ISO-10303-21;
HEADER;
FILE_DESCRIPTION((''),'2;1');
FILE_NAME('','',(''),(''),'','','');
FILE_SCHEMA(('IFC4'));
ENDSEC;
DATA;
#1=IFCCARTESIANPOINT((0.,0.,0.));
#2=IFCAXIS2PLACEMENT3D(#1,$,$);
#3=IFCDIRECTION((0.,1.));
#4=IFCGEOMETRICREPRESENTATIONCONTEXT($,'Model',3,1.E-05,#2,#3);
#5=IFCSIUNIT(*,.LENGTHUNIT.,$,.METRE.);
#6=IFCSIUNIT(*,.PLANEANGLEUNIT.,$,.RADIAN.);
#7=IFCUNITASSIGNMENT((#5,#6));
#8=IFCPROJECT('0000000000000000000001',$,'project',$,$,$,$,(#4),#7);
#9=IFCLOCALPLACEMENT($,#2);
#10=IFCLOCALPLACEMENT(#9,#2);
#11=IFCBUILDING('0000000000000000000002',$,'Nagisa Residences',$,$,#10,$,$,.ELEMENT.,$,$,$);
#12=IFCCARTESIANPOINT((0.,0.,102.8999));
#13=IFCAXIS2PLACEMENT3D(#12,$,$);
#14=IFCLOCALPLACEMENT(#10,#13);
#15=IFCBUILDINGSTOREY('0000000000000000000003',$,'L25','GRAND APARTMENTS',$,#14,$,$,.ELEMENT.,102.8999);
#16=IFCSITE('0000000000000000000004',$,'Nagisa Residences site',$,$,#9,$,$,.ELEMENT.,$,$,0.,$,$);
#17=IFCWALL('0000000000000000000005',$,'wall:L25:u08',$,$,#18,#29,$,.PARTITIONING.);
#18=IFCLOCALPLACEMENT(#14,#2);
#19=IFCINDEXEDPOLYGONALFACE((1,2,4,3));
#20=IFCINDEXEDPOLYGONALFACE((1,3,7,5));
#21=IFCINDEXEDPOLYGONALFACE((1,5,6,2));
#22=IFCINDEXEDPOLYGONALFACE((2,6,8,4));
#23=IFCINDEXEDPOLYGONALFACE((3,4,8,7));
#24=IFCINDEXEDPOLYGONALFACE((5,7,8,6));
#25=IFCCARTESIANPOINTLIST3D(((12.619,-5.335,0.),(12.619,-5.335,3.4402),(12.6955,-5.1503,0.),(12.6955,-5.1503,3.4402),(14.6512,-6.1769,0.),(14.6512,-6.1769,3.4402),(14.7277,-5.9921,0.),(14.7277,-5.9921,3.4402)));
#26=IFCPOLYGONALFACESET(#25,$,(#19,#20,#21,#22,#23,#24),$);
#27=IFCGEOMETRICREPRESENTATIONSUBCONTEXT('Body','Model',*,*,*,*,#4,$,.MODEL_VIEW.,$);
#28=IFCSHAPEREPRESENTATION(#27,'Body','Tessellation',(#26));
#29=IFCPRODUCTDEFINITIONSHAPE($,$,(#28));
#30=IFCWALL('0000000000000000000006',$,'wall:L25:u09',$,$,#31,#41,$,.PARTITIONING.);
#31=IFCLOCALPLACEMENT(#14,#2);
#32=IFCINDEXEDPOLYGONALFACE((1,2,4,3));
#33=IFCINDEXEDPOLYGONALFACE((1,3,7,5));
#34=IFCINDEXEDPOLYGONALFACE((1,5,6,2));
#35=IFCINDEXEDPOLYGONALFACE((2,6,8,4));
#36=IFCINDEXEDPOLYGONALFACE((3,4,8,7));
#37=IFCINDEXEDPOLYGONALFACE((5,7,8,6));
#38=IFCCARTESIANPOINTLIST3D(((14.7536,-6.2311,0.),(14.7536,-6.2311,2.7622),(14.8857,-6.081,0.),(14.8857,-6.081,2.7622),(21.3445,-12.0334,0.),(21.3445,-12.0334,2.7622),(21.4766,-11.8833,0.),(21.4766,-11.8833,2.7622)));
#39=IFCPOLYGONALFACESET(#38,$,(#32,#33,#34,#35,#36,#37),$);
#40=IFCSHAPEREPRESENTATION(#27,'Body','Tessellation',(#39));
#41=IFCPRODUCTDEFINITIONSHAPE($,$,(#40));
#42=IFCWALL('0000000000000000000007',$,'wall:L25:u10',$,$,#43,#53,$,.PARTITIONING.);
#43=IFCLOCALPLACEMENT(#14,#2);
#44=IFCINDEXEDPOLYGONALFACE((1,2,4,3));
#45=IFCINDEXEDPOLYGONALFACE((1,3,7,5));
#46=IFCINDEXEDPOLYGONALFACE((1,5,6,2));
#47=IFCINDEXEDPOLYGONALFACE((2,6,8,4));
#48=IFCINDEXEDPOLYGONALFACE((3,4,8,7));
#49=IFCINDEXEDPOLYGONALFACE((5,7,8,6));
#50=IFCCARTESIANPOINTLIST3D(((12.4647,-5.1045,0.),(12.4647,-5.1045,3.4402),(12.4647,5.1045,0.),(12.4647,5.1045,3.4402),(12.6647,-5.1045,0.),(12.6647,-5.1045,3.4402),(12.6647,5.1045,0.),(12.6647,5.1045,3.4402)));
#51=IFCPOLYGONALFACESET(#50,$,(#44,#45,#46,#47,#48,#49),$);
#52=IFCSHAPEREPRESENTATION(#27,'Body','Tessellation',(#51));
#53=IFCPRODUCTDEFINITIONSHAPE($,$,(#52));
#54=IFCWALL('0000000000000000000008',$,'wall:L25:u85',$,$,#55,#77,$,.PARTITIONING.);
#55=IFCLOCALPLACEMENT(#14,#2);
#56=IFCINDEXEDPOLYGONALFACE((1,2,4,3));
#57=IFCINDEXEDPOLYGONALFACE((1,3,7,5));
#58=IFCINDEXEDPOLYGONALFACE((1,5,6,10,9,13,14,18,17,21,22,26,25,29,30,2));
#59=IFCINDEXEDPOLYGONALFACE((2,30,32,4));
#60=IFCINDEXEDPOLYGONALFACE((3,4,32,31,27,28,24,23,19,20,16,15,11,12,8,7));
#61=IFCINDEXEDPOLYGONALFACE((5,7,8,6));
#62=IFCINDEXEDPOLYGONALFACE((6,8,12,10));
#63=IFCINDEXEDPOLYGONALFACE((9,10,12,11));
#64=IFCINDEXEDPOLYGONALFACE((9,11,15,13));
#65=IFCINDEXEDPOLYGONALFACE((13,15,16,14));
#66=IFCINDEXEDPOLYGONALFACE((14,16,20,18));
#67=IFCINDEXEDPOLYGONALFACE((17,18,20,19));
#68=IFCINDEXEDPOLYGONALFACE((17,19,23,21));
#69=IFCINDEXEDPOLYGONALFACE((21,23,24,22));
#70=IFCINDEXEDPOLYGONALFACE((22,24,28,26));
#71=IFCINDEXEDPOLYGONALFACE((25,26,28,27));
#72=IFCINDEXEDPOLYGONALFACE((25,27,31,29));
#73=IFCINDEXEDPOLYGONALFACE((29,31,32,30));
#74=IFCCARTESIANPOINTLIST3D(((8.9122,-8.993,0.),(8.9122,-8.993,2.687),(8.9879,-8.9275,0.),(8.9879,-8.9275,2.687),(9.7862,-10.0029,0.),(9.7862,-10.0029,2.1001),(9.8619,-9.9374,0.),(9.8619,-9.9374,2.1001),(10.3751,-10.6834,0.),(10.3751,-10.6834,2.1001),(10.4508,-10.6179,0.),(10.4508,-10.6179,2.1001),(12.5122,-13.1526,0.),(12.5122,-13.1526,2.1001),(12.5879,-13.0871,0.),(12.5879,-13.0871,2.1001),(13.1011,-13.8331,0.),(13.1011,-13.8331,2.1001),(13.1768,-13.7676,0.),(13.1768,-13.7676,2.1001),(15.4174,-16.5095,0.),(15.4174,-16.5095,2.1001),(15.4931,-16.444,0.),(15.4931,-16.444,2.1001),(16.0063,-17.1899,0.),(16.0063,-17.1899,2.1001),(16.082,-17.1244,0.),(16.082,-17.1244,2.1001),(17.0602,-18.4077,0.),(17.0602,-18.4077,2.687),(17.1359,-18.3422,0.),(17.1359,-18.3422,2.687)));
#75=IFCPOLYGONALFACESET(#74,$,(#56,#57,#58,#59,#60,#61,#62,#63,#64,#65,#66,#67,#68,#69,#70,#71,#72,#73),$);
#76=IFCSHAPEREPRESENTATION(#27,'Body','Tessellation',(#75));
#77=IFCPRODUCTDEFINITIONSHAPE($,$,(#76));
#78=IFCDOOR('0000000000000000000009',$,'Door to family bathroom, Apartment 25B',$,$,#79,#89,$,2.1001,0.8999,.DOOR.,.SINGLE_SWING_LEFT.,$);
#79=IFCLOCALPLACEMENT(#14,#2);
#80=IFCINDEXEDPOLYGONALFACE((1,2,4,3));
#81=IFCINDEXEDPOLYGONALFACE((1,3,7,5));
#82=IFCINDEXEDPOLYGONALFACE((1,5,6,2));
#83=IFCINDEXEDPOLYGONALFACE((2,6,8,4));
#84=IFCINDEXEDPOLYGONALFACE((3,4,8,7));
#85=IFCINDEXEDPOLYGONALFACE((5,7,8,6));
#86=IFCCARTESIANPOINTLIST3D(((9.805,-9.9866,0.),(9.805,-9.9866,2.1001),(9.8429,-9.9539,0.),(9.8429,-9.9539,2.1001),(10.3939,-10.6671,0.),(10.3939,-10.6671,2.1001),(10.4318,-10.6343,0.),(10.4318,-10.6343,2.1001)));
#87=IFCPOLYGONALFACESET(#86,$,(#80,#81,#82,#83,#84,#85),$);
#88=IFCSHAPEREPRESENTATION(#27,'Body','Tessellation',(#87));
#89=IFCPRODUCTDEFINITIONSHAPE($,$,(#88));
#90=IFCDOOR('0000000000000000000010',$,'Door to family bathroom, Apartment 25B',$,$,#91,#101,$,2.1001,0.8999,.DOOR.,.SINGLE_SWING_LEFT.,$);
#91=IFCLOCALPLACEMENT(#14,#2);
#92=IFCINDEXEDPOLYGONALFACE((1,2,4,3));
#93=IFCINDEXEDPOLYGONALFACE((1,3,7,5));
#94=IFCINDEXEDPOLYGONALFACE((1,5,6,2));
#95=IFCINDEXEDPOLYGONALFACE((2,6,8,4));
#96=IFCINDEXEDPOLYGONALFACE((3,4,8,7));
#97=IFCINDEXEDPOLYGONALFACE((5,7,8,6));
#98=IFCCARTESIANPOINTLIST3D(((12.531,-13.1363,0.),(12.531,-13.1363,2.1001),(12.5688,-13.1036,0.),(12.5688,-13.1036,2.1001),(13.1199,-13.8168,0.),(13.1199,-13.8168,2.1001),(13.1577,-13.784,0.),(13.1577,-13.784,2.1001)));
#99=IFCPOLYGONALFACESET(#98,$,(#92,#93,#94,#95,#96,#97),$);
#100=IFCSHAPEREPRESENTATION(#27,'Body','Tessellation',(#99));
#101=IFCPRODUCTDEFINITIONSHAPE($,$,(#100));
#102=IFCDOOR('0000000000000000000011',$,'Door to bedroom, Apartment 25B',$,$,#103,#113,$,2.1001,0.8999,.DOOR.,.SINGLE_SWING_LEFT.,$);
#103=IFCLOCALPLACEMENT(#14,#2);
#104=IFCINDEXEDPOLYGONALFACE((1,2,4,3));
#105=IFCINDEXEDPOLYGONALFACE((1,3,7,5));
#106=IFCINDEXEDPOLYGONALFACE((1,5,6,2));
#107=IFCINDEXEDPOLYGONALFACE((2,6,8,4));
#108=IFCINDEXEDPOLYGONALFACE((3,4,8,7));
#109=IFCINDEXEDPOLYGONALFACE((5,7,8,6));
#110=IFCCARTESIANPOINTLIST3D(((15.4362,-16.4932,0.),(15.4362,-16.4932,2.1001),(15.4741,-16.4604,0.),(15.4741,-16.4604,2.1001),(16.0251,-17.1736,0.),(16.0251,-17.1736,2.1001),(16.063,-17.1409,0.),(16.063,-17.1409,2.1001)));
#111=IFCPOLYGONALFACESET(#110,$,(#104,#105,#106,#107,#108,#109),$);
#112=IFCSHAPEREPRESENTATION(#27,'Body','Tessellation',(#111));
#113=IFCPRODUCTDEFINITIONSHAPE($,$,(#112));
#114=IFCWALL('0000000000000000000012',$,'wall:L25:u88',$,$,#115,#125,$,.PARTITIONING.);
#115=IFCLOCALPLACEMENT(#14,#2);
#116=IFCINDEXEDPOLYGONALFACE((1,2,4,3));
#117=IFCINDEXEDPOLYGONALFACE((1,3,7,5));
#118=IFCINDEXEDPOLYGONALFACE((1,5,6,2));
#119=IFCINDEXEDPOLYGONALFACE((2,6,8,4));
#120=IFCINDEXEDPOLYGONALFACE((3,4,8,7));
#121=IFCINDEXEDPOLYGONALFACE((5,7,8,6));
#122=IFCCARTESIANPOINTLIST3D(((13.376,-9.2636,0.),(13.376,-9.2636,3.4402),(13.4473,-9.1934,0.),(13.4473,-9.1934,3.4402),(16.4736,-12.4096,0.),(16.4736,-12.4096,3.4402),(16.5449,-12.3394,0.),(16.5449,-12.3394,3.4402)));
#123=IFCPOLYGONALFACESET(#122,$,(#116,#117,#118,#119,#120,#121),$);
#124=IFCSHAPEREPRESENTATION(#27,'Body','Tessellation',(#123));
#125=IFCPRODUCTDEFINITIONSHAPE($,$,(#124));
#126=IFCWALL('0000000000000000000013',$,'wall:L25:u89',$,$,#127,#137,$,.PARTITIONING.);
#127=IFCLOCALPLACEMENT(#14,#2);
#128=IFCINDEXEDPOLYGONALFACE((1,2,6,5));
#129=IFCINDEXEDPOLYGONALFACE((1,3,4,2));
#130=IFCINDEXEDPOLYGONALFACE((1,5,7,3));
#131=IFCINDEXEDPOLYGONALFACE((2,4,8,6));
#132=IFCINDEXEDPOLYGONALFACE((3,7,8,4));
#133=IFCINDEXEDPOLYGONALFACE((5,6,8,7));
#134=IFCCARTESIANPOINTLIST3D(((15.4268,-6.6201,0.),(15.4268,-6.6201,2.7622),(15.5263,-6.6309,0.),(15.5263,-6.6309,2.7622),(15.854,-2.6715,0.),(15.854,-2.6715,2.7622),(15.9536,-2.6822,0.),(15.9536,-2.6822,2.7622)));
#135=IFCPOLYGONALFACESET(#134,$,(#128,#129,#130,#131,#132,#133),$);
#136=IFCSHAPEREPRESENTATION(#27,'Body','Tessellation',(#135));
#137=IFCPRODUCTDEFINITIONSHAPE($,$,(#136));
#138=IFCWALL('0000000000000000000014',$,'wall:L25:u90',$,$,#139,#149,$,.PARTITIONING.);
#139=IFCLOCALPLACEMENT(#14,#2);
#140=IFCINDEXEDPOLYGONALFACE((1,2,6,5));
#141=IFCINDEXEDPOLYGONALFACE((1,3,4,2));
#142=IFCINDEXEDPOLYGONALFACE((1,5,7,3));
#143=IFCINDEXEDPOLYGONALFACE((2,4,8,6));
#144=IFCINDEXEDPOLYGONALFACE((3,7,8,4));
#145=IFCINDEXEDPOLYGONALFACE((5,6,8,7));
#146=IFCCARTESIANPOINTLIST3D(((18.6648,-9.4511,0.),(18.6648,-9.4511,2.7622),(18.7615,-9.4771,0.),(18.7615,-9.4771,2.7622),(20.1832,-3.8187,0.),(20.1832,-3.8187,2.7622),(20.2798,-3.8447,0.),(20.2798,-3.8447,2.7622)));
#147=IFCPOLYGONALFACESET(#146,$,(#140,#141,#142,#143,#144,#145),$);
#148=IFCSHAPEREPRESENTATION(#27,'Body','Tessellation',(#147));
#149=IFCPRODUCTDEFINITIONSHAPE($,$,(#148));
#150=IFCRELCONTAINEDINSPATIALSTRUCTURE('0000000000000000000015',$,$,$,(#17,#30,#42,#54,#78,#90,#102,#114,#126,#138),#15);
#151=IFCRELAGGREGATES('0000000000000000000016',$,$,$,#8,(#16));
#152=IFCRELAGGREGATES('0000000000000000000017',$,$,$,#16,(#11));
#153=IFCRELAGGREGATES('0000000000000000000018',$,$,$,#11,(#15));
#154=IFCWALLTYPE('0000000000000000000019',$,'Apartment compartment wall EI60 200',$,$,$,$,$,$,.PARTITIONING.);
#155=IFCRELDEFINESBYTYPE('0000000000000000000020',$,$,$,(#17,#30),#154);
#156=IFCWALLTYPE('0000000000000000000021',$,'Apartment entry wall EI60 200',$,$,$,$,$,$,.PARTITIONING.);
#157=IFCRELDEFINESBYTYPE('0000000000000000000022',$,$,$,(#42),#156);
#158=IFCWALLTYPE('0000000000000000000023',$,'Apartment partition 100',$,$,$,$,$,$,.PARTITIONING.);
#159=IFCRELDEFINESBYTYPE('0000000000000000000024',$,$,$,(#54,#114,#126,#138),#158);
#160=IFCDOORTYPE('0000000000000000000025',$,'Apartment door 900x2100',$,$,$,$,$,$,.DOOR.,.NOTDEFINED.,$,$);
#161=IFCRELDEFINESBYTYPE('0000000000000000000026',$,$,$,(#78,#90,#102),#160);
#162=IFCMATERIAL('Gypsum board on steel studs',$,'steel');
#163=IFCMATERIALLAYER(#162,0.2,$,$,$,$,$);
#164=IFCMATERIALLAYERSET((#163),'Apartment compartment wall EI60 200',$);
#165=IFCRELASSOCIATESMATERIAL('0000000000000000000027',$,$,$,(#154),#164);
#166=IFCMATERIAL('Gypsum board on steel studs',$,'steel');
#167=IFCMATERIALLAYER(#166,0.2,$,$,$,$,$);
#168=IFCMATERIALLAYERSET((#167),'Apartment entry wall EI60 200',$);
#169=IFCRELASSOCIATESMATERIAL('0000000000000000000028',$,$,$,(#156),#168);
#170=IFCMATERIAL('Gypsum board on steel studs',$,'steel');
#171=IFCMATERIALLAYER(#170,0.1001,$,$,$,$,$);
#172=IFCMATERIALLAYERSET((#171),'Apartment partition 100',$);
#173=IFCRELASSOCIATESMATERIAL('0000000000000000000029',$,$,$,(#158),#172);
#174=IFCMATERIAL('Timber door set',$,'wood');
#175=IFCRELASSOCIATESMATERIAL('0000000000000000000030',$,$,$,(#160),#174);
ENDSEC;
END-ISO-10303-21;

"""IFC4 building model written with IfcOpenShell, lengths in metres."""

from ifc_helpers import new_model, si_unit, direction, frame, frame_2d, origin, place, context, subcontext, project, spatial, rectangle, extrude, material, layer, layer_set, type_object, element, fill, save


model = new_model("IFC4")

# Units and contexts
model_context = context("Model", 3, precision=1e-05, world=origin(), true_north=direction((0.0, 1.0)))
body_context = subcontext(model_context, "Body", "Model", "MODEL_VIEW")
ifc_project = project(units=[si_unit("LENGTHUNIT", "METRE"), si_unit("PLANEANGLEUNIT", "RADIAN")], contexts=[model_context])

# Site, building, storey
site_placement = place(None, origin())
site = spatial("IfcSite", under=ifc_project, at=site_placement, Name="Nagisa Residences site", CompositionType="ELEMENT", RefElevation=0.0)
building_placement = place(site_placement, origin())
building = spatial("IfcBuilding", under=site, at=building_placement, Name="Nagisa Residences", CompositionType="ELEMENT")
storey_placement = place(building_placement, frame((0.0, 0.0, 102.8999)))
storey = spatial("IfcBuildingStorey", under=building, at=storey_placement, Name="L25", Description="GRAND APARTMENTS", CompositionType="ELEMENT", Elevation=102.8999)

# Walls
ifc_material_1 = material(Name="Gypsum board on steel studs", Category="steel")
ifc_layer_1 = layer(ifc_material_1, 0.2)
ifc_layer_set_1 = layer_set([ifc_layer_1], Name="Apartment compartment wall EI60 200")
wall_type_1 = type_object("IfcWallType", Name="Apartment compartment wall EI60 200", PredefinedType="PARTITIONING", material=ifc_layer_set_1)
wall_1_placement = place(storey_placement, frame((12.6572, -5.2427, 0.0), z_axis=(0.0, 0.0, 1.0), x_axis=(0.923876, -0.382692, 0.0)))
element("IfcWall", 1, at=wall_1_placement, inside=storey, type_object=wall_type_1, Name="wall:L25:u08", PredefinedType="PARTITIONING", context=body_context, shape_type="SweptSolid", body=[
    extrude(rectangle(XDim=2.1997, YDim=0.2, at=frame_2d((1.0999, 0.0))), origin(), (0.0, 0.0, 1.0), 3.4402),
])
wall_2_placement = place(storey_placement, frame((14.8196, -6.156, 0.0), z_axis=(0.0, 0.0, 1.0), x_axis=(0.750582, -0.660777, 0.0)))
element("IfcWall", 2, at=wall_2_placement, inside=storey, type_object=wall_type_1, Name="wall:L25:u09", PredefinedType="PARTITIONING", context=body_context, shape_type="SweptSolid", body=[
    extrude(rectangle(XDim=8.781, YDim=0.2, at=frame_2d((4.3906, 0.0))), origin(), (0.0, 0.0, 1.0), 2.7622),
])
ifc_material_2 = material(Name="Gypsum board on steel studs", Category="steel")
ifc_layer_2 = layer(ifc_material_2, 0.2)
ifc_layer_set_2 = layer_set([ifc_layer_2], Name="Apartment entry wall EI60 200")
wall_type_2 = type_object("IfcWallType", Name="Apartment entry wall EI60 200", PredefinedType="PARTITIONING", material=ifc_layer_set_2)
wall_3_placement = place(storey_placement, frame((12.5647, -5.1045, 0.0), z_axis=(0.0, 0.0, 1.0), x_axis=(0.0, 1.0, 0.0)))
element("IfcWall", 3, at=wall_3_placement, inside=storey, type_object=wall_type_2, Name="wall:L25:u10", PredefinedType="PARTITIONING", context=body_context, shape_type="SweptSolid", body=[
    extrude(rectangle(XDim=10.209, YDim=0.2, at=frame_2d((5.1045, 0.0))), origin(), (0.0, 0.0, 1.0), 3.4402),
])

# Wall, openings, doors
ifc_material_3 = material(Name="Gypsum board on steel studs", Category="steel")
ifc_layer_3 = layer(ifc_material_3, 0.1001)
ifc_layer_set_3 = layer_set([ifc_layer_3], Name="Apartment partition 100")
wall_type_3 = type_object("IfcWallType", Name="Apartment partition 100", PredefinedType="PARTITIONING", material=ifc_layer_set_3)
wall_4_placement = place(storey_placement, frame((8.95, -8.9602, 0.0), z_axis=(0.0, 0.0, 1.0), x_axis=(0.654411, -0.756139, 0.0)))
wall_4 = element("IfcWall", 4, at=wall_4_placement, inside=storey, type_object=wall_type_3, Name="wall:L25:u85", PredefinedType="PARTITIONING", context=body_context, shape_type="SweptSolid", body=[
    extrude(rectangle(XDim=12.4509, YDim=0.1001, at=frame_2d((6.2256, 0.0))), origin(), (0.0, 0.0, 1.0), 2.687),
])
opening_1_placement = place(wall_4_placement, frame((1.3357, 0.0, 0.0)))
opening_1 = element("IfcOpeningElement", 5, at=opening_1_placement, cuts=wall_4, PredefinedType="OPENING", context=body_context, shape_type="SweptSolid", body=[
    extrude(rectangle(XDim=0.8999, YDim=2.1001, at=frame_2d((0.45, 1.05))), frame((0.0, 0.0601, 0.0), z_axis=(0.0, -1.0, 0.0), x_axis=(1.0, 0.0, 0.0)), (0.0, 0.0, 1.0), 0.1201),
])
opening_2_placement = place(wall_4_placement, frame((5.5012, 0.0, 0.0)))
opening_2 = element("IfcOpeningElement", 6, at=opening_2_placement, cuts=wall_4, PredefinedType="OPENING", context=body_context, shape_type="SweptSolid", body=[
    extrude(rectangle(XDim=0.8999, YDim=2.1001, at=frame_2d((0.45, 1.05))), frame((0.0, 0.0601, 0.0), z_axis=(0.0, -1.0, 0.0), x_axis=(1.0, 0.0, 0.0)), (0.0, 0.0, 1.0), 0.1201),
])
opening_3_placement = place(wall_4_placement, frame((9.9407, 0.0, 0.0)))
opening_3 = element("IfcOpeningElement", 7, at=opening_3_placement, cuts=wall_4, PredefinedType="OPENING", context=body_context, shape_type="SweptSolid", body=[
    extrude(rectangle(XDim=0.8999, YDim=2.1001, at=frame_2d((0.45, 1.05))), frame((0.0, 0.0601, 0.0), z_axis=(0.0, -1.0, 0.0), x_axis=(1.0, 0.0, 0.0)), (0.0, 0.0, 1.0), 0.1201),
])
ifc_material_4 = material(Name="Timber door set", Category="wood")
door_type_1 = type_object("IfcDoorType", Name="Apartment door 900x2100", OperationType="NOTDEFINED", PredefinedType="DOOR", material=ifc_material_4)
door_1_placement = place(opening_1_placement, origin())
door_1 = element("IfcDoor", 8, at=door_1_placement, inside=storey, type_object=door_type_1, Name="Door to family bathroom, Apartment 25B", OperationType="SINGLE_SWING_LEFT", OverallHeight=2.1001, OverallWidth=0.8999, PredefinedType="DOOR", context=body_context, shape_type="SweptSolid", body=[
    extrude(rectangle(XDim=0.8999, YDim=2.1001, at=frame_2d((0.45, 1.05))), frame((0.0, 0.0249, 0.0), z_axis=(0.0, -1.0, 0.0), x_axis=(1.0, 0.0, 0.0)), (0.0, 0.0, 1.0), 0.05),
])
fill(opening_1, door_1)
door_2_placement = place(opening_2_placement, origin())
door_2 = element("IfcDoor", 9, at=door_2_placement, inside=storey, type_object=door_type_1, Name="Door to family bathroom, Apartment 25B", OperationType="SINGLE_SWING_LEFT", OverallHeight=2.1001, OverallWidth=0.8999, PredefinedType="DOOR", context=body_context, shape_type="SweptSolid", body=[
    extrude(rectangle(XDim=0.8999, YDim=2.1001, at=frame_2d((0.45, 1.05))), frame((0.0, 0.0249, 0.0), z_axis=(0.0, -1.0, 0.0), x_axis=(1.0, 0.0, 0.0)), (0.0, 0.0, 1.0), 0.05),
])
fill(opening_2, door_2)
door_3_placement = place(opening_3_placement, origin())
door_3 = element("IfcDoor", 10, at=door_3_placement, inside=storey, type_object=door_type_1, Name="Door to bedroom, Apartment 25B", OperationType="SINGLE_SWING_LEFT", OverallHeight=2.1001, OverallWidth=0.8999, PredefinedType="DOOR", context=body_context, shape_type="SweptSolid", body=[
    extrude(rectangle(XDim=0.8999, YDim=2.1001, at=frame_2d((0.45, 1.05))), frame((0.0, 0.0249, 0.0), z_axis=(0.0, -1.0, 0.0), x_axis=(1.0, 0.0, 0.0)), (0.0, 0.0, 1.0), 0.05),
])
fill(opening_3, door_3)

# Walls
wall_5_placement = place(storey_placement, frame((13.4116, -9.2285, 0.0), z_axis=(0.0, 0.0, 1.0), x_axis=(0.701611, -0.71256, 0.0)))
element("IfcWall", 11, at=wall_5_placement, inside=storey, type_object=wall_type_3, Name="wall:L25:u88", PredefinedType="PARTITIONING", context=body_context, shape_type="SweptSolid", body=[
    extrude(rectangle(XDim=4.415, YDim=0.1001, at=frame_2d((2.2075, 0.0))), origin(), (0.0, 0.0, 1.0), 3.4402),
])
wall_6_placement = place(storey_placement, frame((15.4766, -6.6255, 0.0), z_axis=(0.0, 0.0, 1.0), x_axis=(0.107571, 0.994197, 0.0)))
element("IfcWall", 12, at=wall_6_placement, inside=storey, type_object=wall_type_3, Name="wall:L25:u89", PredefinedType="PARTITIONING", context=body_context, shape_type="SweptSolid", body=[
    extrude(rectangle(XDim=3.9717, YDim=0.1001, at=frame_2d((1.9858, 0.0))), origin(), (0.0, 0.0, 1.0), 2.7622),
])
wall_7_placement = place(storey_placement, frame((18.7131, -9.4641, 0.0), z_axis=(0.0, 0.0, 1.0), x_axis=(0.26028, 0.965533, 0.0)))
element("IfcWall", 13, at=wall_7_placement, inside=storey, type_object=wall_type_3, Name="wall:L25:u90", PredefinedType="PARTITIONING", context=body_context, shape_type="SweptSolid", body=[
    extrude(rectangle(XDim=5.8335, YDim=0.1001, at=frame_2d((2.9167, 0.0))), origin(), (0.0, 0.0, 1.0), 2.7622),
])

save(model, "model.ifc")
